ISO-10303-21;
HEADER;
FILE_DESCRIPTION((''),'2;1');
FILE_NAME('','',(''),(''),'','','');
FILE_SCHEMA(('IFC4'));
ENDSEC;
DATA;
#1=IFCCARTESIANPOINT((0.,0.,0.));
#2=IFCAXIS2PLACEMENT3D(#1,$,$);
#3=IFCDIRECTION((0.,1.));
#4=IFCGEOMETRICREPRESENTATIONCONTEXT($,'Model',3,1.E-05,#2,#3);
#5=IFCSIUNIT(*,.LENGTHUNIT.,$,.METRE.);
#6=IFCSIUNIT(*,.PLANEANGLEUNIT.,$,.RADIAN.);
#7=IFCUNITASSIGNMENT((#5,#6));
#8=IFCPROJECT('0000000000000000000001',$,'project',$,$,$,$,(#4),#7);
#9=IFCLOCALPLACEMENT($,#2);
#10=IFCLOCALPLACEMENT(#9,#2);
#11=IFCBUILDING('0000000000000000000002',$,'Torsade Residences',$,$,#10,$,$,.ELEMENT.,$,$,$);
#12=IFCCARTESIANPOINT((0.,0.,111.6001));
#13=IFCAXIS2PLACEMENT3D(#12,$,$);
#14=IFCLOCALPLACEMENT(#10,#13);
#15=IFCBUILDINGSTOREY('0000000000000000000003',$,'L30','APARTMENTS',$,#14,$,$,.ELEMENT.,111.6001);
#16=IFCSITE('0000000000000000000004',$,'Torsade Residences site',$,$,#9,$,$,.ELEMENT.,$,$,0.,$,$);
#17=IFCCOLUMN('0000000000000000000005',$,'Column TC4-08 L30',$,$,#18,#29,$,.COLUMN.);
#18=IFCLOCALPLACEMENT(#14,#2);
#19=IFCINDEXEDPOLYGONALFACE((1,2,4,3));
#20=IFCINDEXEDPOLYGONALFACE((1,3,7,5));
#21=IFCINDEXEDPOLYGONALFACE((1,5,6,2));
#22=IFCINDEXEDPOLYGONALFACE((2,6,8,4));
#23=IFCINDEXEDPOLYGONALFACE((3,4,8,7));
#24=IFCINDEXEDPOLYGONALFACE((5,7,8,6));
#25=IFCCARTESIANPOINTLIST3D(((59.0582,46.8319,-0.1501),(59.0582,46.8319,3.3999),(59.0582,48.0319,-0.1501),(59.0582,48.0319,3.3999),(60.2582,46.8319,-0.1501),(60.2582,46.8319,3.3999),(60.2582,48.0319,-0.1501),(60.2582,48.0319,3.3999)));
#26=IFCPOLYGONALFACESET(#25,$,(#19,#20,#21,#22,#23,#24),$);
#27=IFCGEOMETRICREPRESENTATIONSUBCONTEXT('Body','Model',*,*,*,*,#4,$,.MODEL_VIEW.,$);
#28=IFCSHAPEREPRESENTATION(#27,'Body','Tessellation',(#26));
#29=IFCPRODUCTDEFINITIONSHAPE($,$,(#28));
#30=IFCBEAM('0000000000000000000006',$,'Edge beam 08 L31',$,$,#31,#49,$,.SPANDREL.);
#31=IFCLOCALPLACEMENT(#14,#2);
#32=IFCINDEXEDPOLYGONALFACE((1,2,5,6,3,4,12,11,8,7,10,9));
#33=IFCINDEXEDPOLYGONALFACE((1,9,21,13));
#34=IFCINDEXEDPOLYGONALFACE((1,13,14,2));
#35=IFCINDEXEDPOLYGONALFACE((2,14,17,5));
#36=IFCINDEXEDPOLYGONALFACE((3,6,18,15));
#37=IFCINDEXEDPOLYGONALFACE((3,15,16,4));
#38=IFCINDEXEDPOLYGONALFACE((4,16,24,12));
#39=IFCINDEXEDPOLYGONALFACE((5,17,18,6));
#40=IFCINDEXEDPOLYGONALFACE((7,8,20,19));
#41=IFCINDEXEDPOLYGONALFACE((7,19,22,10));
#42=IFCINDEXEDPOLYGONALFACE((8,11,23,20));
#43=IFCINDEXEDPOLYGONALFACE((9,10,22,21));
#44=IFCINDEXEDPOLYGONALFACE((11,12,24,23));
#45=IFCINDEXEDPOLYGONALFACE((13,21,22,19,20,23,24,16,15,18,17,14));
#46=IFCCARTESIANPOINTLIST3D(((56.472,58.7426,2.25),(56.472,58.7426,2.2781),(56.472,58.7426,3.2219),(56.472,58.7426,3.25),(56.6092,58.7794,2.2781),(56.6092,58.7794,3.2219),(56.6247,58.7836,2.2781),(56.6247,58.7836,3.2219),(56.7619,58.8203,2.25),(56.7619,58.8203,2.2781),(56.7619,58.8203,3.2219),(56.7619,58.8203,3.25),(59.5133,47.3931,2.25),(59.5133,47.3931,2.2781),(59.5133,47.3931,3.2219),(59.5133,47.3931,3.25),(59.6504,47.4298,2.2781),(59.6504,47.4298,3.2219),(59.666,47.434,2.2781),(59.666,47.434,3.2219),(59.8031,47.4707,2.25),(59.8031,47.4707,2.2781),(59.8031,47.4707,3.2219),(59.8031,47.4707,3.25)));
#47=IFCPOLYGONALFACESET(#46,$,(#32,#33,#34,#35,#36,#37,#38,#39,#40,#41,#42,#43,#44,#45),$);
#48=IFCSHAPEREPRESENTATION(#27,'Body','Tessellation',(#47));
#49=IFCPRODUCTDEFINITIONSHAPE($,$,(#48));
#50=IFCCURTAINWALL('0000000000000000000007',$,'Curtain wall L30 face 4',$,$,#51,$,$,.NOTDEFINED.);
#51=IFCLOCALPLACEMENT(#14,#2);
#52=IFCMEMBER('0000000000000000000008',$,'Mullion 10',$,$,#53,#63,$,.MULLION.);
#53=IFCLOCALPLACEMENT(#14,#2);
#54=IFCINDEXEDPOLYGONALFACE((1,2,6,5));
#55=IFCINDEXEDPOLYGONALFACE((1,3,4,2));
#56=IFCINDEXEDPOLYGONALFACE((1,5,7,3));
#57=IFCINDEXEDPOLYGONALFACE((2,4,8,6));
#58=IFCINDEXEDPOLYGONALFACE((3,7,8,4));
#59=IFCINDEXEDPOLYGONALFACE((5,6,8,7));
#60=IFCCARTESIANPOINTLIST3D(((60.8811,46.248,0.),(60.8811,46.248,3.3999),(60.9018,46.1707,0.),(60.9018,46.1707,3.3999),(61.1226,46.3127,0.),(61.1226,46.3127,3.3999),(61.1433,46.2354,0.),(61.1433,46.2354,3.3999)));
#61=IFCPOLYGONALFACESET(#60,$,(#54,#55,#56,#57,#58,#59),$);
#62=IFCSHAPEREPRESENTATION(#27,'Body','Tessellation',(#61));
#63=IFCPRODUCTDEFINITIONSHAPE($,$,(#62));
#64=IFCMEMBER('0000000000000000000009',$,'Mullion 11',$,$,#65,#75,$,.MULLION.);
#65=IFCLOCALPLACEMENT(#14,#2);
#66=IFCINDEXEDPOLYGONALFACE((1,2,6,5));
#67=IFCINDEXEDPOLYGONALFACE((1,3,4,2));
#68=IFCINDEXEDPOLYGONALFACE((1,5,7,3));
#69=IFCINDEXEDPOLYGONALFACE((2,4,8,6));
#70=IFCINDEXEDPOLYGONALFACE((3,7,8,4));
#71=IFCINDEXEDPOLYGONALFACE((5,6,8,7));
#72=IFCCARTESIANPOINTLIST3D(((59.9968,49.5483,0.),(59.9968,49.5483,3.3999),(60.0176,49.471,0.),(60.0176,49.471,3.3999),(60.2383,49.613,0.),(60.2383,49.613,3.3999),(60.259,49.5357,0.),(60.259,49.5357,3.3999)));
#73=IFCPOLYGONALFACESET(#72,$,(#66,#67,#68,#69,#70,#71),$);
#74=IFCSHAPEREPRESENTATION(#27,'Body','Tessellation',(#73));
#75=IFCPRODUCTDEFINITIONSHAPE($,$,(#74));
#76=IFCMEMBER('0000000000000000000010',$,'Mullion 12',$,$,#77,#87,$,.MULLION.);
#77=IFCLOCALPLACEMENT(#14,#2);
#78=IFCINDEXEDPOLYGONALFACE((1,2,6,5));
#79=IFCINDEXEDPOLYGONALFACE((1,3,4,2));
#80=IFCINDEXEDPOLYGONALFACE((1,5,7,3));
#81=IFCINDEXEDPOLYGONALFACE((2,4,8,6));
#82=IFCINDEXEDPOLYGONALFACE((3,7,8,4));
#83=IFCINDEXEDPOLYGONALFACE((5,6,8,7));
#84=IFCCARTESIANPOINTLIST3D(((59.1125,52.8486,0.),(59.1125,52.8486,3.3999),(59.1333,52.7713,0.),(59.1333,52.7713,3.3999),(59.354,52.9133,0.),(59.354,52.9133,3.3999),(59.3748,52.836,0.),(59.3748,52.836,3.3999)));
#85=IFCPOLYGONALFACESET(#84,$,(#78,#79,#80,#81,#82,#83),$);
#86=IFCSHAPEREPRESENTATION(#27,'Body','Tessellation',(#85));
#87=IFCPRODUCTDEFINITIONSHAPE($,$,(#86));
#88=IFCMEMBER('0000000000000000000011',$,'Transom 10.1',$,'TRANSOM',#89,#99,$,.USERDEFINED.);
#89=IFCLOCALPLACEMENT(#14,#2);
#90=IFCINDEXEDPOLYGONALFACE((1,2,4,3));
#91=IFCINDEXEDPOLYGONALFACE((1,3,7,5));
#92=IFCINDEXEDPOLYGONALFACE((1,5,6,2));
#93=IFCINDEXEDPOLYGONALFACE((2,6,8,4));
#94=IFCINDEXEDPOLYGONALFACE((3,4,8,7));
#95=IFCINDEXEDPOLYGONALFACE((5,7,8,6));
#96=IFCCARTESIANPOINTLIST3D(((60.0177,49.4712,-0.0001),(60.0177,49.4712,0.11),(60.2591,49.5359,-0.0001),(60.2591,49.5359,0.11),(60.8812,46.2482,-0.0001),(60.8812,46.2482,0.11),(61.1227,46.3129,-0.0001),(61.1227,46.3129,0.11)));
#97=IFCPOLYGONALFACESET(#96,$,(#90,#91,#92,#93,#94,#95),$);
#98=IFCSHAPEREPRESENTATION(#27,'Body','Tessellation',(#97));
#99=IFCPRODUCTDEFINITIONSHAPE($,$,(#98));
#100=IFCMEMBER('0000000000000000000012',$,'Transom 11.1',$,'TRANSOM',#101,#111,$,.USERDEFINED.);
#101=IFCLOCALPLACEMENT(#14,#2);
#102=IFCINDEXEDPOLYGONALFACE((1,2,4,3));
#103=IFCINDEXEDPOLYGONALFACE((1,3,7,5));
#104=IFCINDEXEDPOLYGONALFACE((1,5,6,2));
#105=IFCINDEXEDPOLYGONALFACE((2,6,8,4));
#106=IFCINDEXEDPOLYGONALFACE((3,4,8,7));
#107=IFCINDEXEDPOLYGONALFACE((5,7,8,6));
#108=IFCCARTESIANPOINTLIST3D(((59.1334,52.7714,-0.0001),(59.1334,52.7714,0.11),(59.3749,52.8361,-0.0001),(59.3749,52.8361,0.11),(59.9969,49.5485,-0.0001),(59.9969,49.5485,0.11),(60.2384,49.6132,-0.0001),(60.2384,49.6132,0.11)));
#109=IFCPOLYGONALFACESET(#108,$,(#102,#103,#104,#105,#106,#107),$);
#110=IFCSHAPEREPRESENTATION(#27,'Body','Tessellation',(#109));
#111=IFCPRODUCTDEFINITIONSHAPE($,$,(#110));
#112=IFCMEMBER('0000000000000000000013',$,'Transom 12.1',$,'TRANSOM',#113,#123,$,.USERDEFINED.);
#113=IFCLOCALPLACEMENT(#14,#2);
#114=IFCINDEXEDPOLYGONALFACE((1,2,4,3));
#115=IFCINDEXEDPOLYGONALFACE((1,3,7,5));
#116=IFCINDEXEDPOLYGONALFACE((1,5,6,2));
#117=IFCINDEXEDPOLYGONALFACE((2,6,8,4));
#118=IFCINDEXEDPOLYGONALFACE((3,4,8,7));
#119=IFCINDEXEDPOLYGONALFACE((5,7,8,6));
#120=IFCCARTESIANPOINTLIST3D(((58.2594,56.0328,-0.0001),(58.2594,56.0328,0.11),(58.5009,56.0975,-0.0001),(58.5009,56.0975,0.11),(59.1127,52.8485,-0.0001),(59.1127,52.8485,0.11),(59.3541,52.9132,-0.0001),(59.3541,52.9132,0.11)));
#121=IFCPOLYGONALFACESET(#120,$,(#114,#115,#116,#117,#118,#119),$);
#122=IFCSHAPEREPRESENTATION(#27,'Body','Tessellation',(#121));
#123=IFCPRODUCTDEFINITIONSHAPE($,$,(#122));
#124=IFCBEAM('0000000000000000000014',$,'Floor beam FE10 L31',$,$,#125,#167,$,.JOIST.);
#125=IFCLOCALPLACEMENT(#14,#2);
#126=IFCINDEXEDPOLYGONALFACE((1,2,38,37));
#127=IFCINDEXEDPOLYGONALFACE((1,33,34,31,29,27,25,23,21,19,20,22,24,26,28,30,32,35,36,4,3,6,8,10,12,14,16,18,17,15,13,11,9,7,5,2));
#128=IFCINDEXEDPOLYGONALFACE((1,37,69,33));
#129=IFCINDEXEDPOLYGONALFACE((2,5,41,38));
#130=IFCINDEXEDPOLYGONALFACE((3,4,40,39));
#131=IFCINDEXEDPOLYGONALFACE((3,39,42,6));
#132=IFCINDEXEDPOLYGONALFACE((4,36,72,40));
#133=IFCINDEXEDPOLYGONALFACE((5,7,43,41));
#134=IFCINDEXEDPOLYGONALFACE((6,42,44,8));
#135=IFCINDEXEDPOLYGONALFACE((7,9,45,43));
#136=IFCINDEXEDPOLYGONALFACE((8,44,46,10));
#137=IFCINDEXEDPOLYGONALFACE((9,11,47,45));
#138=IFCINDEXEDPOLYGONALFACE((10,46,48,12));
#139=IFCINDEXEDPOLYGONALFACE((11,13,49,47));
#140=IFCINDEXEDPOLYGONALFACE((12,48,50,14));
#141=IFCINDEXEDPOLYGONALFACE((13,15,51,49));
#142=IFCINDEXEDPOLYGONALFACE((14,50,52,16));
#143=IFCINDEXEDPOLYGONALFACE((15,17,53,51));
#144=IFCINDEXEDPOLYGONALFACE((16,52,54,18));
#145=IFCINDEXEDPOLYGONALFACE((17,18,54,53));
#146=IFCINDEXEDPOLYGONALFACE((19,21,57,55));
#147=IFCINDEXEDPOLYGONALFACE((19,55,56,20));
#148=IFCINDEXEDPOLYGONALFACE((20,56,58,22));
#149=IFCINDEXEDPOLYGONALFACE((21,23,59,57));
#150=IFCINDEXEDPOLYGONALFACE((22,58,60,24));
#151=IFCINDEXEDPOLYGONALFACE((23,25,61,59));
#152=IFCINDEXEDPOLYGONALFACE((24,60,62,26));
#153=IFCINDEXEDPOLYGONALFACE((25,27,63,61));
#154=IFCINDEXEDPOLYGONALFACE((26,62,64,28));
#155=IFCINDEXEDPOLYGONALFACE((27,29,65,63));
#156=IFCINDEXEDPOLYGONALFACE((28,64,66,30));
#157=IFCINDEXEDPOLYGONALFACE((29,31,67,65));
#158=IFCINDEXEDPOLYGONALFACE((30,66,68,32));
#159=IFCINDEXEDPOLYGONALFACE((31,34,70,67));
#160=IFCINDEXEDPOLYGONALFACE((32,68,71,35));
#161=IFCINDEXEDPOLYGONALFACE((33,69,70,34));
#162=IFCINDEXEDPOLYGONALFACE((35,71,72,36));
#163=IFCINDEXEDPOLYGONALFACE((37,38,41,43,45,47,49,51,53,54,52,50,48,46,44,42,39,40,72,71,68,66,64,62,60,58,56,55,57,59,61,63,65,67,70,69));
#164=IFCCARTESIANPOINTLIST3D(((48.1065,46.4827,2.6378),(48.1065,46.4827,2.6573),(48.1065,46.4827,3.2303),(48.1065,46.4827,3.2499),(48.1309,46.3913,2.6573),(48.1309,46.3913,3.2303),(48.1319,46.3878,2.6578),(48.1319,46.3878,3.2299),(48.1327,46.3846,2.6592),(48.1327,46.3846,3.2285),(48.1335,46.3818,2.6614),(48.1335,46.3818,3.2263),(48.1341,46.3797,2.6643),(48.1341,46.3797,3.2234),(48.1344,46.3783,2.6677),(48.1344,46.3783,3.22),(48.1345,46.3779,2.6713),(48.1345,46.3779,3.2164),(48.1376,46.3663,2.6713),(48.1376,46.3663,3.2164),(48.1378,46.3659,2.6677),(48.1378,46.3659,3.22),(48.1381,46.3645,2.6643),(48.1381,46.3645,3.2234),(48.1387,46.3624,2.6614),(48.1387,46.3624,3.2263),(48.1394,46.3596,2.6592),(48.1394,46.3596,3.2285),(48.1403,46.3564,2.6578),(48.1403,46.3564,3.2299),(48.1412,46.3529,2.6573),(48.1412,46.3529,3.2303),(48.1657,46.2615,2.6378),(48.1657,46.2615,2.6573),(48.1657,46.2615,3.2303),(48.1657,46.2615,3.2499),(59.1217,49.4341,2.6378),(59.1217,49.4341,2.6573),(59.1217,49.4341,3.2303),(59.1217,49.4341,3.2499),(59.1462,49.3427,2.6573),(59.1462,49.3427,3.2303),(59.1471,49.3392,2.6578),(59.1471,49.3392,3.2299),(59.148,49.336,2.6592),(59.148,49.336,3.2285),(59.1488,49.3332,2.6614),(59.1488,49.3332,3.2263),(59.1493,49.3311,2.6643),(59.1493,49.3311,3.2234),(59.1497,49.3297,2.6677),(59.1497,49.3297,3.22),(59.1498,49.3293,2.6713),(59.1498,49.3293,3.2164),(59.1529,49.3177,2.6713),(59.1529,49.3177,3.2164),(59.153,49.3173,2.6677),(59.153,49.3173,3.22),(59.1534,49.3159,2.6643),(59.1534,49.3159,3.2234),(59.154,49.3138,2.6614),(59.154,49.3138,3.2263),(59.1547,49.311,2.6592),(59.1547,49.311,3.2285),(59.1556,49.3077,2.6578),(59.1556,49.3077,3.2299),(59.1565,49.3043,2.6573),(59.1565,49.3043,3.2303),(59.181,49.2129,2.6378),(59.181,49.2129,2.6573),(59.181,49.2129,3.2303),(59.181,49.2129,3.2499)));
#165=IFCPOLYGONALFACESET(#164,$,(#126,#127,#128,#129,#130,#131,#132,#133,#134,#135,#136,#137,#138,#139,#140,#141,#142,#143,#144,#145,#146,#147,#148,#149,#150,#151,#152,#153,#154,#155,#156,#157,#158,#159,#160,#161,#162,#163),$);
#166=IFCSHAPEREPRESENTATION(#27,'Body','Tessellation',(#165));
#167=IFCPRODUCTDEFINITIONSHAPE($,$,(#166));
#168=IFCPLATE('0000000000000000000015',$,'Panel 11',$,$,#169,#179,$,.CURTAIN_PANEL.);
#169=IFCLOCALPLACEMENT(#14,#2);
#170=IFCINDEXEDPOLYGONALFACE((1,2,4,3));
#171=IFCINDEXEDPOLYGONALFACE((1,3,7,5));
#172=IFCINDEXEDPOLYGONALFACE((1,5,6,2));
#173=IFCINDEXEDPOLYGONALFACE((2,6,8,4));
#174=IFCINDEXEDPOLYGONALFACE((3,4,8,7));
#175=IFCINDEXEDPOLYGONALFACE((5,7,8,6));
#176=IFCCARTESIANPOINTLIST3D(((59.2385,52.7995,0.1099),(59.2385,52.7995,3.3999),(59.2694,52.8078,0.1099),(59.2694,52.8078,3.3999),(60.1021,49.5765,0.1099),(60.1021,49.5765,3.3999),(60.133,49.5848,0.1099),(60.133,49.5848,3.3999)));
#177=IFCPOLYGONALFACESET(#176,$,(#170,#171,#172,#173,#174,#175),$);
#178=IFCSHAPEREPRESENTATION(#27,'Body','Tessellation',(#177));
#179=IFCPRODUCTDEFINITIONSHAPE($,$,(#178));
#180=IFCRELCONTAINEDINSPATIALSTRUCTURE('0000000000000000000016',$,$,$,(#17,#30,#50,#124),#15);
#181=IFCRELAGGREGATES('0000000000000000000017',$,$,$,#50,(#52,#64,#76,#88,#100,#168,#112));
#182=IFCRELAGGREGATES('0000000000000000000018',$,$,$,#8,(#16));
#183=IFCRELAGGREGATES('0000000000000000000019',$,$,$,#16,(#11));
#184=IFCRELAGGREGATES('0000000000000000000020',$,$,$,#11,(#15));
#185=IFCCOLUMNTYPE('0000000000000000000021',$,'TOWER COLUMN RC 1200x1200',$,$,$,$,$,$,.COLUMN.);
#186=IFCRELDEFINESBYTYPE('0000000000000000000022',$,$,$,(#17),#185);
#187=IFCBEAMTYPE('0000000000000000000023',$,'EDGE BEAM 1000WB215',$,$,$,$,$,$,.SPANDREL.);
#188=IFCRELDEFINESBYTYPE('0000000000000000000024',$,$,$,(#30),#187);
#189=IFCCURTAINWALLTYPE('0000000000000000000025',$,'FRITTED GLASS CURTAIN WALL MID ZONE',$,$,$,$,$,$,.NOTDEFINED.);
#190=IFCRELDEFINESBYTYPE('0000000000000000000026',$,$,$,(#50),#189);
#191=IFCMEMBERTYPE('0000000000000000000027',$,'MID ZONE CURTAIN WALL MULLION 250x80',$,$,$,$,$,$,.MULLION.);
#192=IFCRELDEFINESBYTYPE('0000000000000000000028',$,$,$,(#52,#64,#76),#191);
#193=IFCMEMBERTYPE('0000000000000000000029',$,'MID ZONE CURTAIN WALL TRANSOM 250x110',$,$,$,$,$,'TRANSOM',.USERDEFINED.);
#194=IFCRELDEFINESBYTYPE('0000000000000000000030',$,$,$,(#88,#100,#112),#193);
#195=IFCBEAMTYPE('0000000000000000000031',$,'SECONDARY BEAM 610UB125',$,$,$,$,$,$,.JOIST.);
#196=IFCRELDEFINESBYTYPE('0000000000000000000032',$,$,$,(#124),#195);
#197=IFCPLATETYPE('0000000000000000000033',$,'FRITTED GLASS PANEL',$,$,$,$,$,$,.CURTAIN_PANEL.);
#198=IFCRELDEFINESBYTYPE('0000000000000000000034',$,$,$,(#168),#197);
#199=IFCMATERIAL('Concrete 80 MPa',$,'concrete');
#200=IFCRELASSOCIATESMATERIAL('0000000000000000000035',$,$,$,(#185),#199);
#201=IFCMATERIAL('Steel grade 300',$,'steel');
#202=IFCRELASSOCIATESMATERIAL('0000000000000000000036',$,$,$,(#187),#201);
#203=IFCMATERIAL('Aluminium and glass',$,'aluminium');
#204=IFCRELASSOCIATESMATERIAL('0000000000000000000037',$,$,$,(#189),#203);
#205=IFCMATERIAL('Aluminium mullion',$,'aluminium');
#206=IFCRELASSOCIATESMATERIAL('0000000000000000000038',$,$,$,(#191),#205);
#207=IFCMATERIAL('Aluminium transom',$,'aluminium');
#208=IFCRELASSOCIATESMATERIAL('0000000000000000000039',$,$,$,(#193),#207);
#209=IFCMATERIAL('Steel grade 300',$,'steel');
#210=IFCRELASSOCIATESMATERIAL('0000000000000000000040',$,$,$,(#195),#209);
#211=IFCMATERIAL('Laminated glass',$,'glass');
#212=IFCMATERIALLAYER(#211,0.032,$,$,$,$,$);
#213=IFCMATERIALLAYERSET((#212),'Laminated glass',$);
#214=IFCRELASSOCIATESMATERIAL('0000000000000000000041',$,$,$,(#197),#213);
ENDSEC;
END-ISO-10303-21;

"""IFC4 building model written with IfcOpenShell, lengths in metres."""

from ifc_helpers import new_model, si_unit, direction, frame, origin, origin_2d, place, context, subcontext, project, spatial, rectangle, i_section, extrude, material, layer, layer_set, material_profile, profile_set, type_object, element, aggregate, save


model = new_model("IFC4")

# Units and contexts
model_context = context("Model", 3, precision=1e-05, world=origin(), true_north=direction((0.0, 1.0)))
body_context = subcontext(model_context, "Body", "Model", "MODEL_VIEW")
ifc_project = project(units=[si_unit("LENGTHUNIT", "METRE"), si_unit("PLANEANGLEUNIT", "RADIAN")], contexts=[model_context])

# Site, building, storey
site_placement = place(None, origin())
site = spatial("IfcSite", under=ifc_project, at=site_placement, Name="Torsade Residences site", CompositionType="ELEMENT", RefElevation=0.0)
building_placement = place(site_placement, origin())
building = spatial("IfcBuilding", under=site, at=building_placement, Name="Torsade Residences", CompositionType="ELEMENT")
storey_placement = place(building_placement, frame((0.0, 0.0, 111.6001)))
storey = spatial("IfcBuildingStorey", under=building, at=storey_placement, Name="L30", Description="APARTMENTS", CompositionType="ELEMENT", Elevation=111.6001)

# Column
ifc_material_1 = material(Name="Concrete 80 MPa", Category="concrete")
ifc_material_profile_1 = material_profile(ifc_material_1, rectangle(XDim=1.2, YDim=1.2, at=origin_2d()), Name="RC 1200x1200")
ifc_profile_set_1 = profile_set([ifc_material_profile_1], Name="Concrete 80 MPa")
column_type = type_object("IfcColumnType", Name="TOWER COLUMN RC 1200x1200", PredefinedType="COLUMN", material=ifc_profile_set_1)
column_placement = place(storey_placement, frame((59.6582, 47.4319, -0.1501), z_axis=(0.0, 0.0, 1.0), x_axis=(1.0, 0.0, 0.0)))
element("IfcColumn", 1, at=column_placement, inside=storey, type_object=column_type, Name="Column TC4-08 L30", PredefinedType="COLUMN", context=body_context, shape_type="SweptSolid", body=[
    extrude(rectangle(XDim=1.2, YDim=1.2, at=origin_2d()), origin(), (0.0, 0.0, 1.0), 3.55),
])

# Beam
ifc_material_2 = material(Name="Steel grade 300", Category="steel")
ifc_material_profile_2 = material_profile(ifc_material_2, i_section(OverallWidth=0.3, OverallDepth=1.0, WebThickness=0.0161, FlangeThickness=0.0281, at=origin_2d()), Name="1000WB215")
ifc_profile_set_2 = profile_set([ifc_material_profile_2], Name="Steel grade 300")
beam_type_1 = type_object("IfcBeamType", Name="EDGE BEAM 1000WB215", PredefinedType="SPANDREL", material=ifc_profile_set_2)
beam_1_placement = place(storey_placement, frame((59.6582, 47.4319, 2.75), z_axis=(-0.25883, 0.965923, 0.0), x_axis=(-0.965923, -0.25883, 0.0)))
element("IfcBeam", 2, at=beam_1_placement, inside=storey, type_object=beam_type_1, Name="Edge beam 08 L31", PredefinedType="SPANDREL", context=body_context, shape_type="SweptSolid", body=[
    extrude(i_section(OverallWidth=0.3, OverallDepth=1.0, WebThickness=0.0161, FlangeThickness=0.0281, at=origin_2d()), origin(), (0.0, 0.0, 1.0), 11.75),
])

# Curtain wall, members
ifc_material_3 = material(Name="Aluminium and glass", Category="aluminium")
curtain_wall_type = type_object("IfcCurtainWallType", Name="FRITTED GLASS CURTAIN WALL MID ZONE", PredefinedType="NOTDEFINED", material=ifc_material_3)
curtain_wall_placement = place(storey_placement, origin())
curtain_wall = element("IfcCurtainWall", 3, at=curtain_wall_placement, inside=storey, type_object=curtain_wall_type, Name="Curtain wall L30 face 4", PredefinedType="NOTDEFINED")
ifc_material_4 = material(Name="Aluminium mullion", Category="aluminium")
ifc_material_profile_3 = material_profile(ifc_material_4, rectangle(XDim=0.25, YDim=0.0801, at=origin_2d()), Name="MID ZONE CURTAIN WALL MULLION 250x80")
ifc_profile_set_3 = profile_set([ifc_material_profile_3], Name="Aluminium mullion")
member_type_1 = type_object("IfcMemberType", Name="MID ZONE CURTAIN WALL MULLION 250x80", PredefinedType="MULLION", material=ifc_profile_set_3)
member_1_placement = place(storey_placement, frame((61.0122, 46.2417, 0.0), z_axis=(0.0, 0.0, 1.0), x_axis=(-0.965926, -0.258819, 0.0)))
member_1 = element("IfcMember", 4, at=member_1_placement, type_object=member_type_1, Name="Mullion 10", PredefinedType="MULLION", context=body_context, shape_type="SweptSolid", body=[
    extrude(rectangle(XDim=0.25, YDim=0.0801, at=origin_2d()), origin(), (0.0, 0.0, 1.0), 3.3999),
])
member_2_placement = place(storey_placement, frame((60.1279, 49.542, 0.0), z_axis=(0.0, 0.0, 1.0), x_axis=(-0.965926, -0.258819, 0.0)))
member_2 = element("IfcMember", 5, at=member_2_placement, type_object=member_type_1, Name="Mullion 11", PredefinedType="MULLION", context=body_context, shape_type="SweptSolid", body=[
    extrude(rectangle(XDim=0.25, YDim=0.0801, at=origin_2d()), origin(), (0.0, 0.0, 1.0), 3.3999),
])
member_3_placement = place(storey_placement, frame((59.2437, 52.8423, 0.0), z_axis=(0.0, 0.0, 1.0), x_axis=(-0.965926, -0.258819, 0.0)))
member_3 = element("IfcMember", 6, at=member_3_placement, type_object=member_type_1, Name="Mullion 12", PredefinedType="MULLION", context=body_context, shape_type="SweptSolid", body=[
    extrude(rectangle(XDim=0.25, YDim=0.0801, at=origin_2d()), origin(), (0.0, 0.0, 1.0), 3.3999),
])
ifc_material_5 = material(Name="Aluminium transom", Category="aluminium")
ifc_material_profile_4 = material_profile(ifc_material_5, rectangle(XDim=0.25, YDim=0.1101, at=origin_2d()), Name="MID ZONE CURTAIN WALL TRANSOM 250x110")
ifc_profile_set_4 = profile_set([ifc_material_profile_4], Name="Aluminium transom")
member_type_2 = type_object("IfcMemberType", Name="MID ZONE CURTAIN WALL TRANSOM 250x110", ElementType="TRANSOM", PredefinedType="USERDEFINED", material=ifc_profile_set_4)
member_4_placement = place(storey_placement, frame((61.002, 46.2805, 0.0549), z_axis=(-0.258806, 0.965929, 0.0), x_axis=(-0.965929, -0.258806, 0.0)))
member_4 = element("IfcMember", 7, at=member_4_placement, type_object=member_type_2, Name="Transom 10.1", ObjectType="TRANSOM", PredefinedType="USERDEFINED", context=body_context, shape_type="SweptSolid", body=[
    extrude(rectangle(XDim=0.25, YDim=0.1101, at=origin_2d()), origin(), (0.0, 0.0, 1.0), 3.3367),
])
member_5_placement = place(storey_placement, frame((60.1177, 49.5808, 0.0549), z_axis=(-0.258806, 0.965929, 0.0), x_axis=(-0.965929, -0.258806, 0.0)))
member_5 = element("IfcMember", 8, at=member_5_placement, type_object=member_type_2, Name="Transom 11.1", ObjectType="TRANSOM", PredefinedType="USERDEFINED", context=body_context, shape_type="SweptSolid", body=[
    extrude(rectangle(XDim=0.25, YDim=0.1101, at=origin_2d()), origin(), (0.0, 0.0, 1.0), 3.3367),
])
member_6_placement = place(storey_placement, frame((59.2334, 52.8809, 0.0549), z_axis=(-0.258829, 0.965923, 0.0), x_axis=(-0.965923, -0.258829, 0.0)))
member_6 = element("IfcMember", 9, at=member_6_placement, type_object=member_type_2, Name="Transom 12.1", ObjectType="TRANSOM", PredefinedType="USERDEFINED", context=body_context, shape_type="SweptSolid", body=[
    extrude(rectangle(XDim=0.25, YDim=0.1101, at=origin_2d()), origin(), (0.0, 0.0, 1.0), 3.2966),
])

# Beam
ifc_material_6 = material(Name="Steel grade 300", Category="steel")
ifc_material_profile_5 = material_profile(ifc_material_6, i_section(OverallWidth=0.229, OverallDepth=0.6121, WebThickness=0.012, FlangeThickness=0.0195, FilletRadius=0.0139, at=origin_2d()), Name="610UB125")
ifc_profile_set_5 = profile_set([ifc_material_profile_5], Name="Steel grade 300")
beam_type_2 = type_object("IfcBeamType", Name="SECONDARY BEAM 610UB125", PredefinedType="JOIST", material=ifc_profile_set_5)
beam_2_placement = place(storey_placement, frame((59.1514, 49.3235, 2.9438), z_axis=(-0.965929, -0.258807, 0.0), x_axis=(0.258807, -0.965929, 0.0)))
element("IfcBeam", 10, at=beam_2_placement, inside=storey, type_object=beam_type_2, Name="Floor beam FE10 L31", PredefinedType="JOIST", context=body_context, shape_type="SweptSolid", body=[
    extrude(i_section(OverallWidth=0.229, OverallDepth=0.6121, WebThickness=0.012, FlangeThickness=0.0195, FilletRadius=0.0139, at=origin_2d()), origin(), (0.0, 0.0, 1.0), 11.4038),
])

# Plate
ifc_material_7 = material(Name="Laminated glass", Category="glass")
ifc_layer_1 = layer(ifc_material_7, 0.032)
ifc_layer_set_1 = layer_set([ifc_layer_1], Name="Laminated glass")
plate_type_1 = type_object("IfcPlateType", Name="FRITTED GLASS PANEL", PredefinedType="CURTAIN_PANEL", material=ifc_layer_set_1)
plate_1_placement = place(storey_placement, frame((59.6858, 51.1921, 0.1099), z_axis=(0.0, 0.0, 1.0), x_axis=(-0.258819, 0.965926, 0.0)))
plate_1 = element("IfcPlate", 11, at=plate_1_placement, type_object=plate_type_1, Name="Panel 11", PredefinedType="CURTAIN_PANEL", context=body_context, shape_type="SweptSolid", body=[
    extrude(rectangle(XDim=3.3367, YDim=0.032, at=origin_2d()), origin(), (0.0, 0.0, 1.0), 3.29),
])
aggregate(curtain_wall, [member_1, member_2, member_3, member_4, member_5, plate_1, member_6])

save(model, "model.ifc")
